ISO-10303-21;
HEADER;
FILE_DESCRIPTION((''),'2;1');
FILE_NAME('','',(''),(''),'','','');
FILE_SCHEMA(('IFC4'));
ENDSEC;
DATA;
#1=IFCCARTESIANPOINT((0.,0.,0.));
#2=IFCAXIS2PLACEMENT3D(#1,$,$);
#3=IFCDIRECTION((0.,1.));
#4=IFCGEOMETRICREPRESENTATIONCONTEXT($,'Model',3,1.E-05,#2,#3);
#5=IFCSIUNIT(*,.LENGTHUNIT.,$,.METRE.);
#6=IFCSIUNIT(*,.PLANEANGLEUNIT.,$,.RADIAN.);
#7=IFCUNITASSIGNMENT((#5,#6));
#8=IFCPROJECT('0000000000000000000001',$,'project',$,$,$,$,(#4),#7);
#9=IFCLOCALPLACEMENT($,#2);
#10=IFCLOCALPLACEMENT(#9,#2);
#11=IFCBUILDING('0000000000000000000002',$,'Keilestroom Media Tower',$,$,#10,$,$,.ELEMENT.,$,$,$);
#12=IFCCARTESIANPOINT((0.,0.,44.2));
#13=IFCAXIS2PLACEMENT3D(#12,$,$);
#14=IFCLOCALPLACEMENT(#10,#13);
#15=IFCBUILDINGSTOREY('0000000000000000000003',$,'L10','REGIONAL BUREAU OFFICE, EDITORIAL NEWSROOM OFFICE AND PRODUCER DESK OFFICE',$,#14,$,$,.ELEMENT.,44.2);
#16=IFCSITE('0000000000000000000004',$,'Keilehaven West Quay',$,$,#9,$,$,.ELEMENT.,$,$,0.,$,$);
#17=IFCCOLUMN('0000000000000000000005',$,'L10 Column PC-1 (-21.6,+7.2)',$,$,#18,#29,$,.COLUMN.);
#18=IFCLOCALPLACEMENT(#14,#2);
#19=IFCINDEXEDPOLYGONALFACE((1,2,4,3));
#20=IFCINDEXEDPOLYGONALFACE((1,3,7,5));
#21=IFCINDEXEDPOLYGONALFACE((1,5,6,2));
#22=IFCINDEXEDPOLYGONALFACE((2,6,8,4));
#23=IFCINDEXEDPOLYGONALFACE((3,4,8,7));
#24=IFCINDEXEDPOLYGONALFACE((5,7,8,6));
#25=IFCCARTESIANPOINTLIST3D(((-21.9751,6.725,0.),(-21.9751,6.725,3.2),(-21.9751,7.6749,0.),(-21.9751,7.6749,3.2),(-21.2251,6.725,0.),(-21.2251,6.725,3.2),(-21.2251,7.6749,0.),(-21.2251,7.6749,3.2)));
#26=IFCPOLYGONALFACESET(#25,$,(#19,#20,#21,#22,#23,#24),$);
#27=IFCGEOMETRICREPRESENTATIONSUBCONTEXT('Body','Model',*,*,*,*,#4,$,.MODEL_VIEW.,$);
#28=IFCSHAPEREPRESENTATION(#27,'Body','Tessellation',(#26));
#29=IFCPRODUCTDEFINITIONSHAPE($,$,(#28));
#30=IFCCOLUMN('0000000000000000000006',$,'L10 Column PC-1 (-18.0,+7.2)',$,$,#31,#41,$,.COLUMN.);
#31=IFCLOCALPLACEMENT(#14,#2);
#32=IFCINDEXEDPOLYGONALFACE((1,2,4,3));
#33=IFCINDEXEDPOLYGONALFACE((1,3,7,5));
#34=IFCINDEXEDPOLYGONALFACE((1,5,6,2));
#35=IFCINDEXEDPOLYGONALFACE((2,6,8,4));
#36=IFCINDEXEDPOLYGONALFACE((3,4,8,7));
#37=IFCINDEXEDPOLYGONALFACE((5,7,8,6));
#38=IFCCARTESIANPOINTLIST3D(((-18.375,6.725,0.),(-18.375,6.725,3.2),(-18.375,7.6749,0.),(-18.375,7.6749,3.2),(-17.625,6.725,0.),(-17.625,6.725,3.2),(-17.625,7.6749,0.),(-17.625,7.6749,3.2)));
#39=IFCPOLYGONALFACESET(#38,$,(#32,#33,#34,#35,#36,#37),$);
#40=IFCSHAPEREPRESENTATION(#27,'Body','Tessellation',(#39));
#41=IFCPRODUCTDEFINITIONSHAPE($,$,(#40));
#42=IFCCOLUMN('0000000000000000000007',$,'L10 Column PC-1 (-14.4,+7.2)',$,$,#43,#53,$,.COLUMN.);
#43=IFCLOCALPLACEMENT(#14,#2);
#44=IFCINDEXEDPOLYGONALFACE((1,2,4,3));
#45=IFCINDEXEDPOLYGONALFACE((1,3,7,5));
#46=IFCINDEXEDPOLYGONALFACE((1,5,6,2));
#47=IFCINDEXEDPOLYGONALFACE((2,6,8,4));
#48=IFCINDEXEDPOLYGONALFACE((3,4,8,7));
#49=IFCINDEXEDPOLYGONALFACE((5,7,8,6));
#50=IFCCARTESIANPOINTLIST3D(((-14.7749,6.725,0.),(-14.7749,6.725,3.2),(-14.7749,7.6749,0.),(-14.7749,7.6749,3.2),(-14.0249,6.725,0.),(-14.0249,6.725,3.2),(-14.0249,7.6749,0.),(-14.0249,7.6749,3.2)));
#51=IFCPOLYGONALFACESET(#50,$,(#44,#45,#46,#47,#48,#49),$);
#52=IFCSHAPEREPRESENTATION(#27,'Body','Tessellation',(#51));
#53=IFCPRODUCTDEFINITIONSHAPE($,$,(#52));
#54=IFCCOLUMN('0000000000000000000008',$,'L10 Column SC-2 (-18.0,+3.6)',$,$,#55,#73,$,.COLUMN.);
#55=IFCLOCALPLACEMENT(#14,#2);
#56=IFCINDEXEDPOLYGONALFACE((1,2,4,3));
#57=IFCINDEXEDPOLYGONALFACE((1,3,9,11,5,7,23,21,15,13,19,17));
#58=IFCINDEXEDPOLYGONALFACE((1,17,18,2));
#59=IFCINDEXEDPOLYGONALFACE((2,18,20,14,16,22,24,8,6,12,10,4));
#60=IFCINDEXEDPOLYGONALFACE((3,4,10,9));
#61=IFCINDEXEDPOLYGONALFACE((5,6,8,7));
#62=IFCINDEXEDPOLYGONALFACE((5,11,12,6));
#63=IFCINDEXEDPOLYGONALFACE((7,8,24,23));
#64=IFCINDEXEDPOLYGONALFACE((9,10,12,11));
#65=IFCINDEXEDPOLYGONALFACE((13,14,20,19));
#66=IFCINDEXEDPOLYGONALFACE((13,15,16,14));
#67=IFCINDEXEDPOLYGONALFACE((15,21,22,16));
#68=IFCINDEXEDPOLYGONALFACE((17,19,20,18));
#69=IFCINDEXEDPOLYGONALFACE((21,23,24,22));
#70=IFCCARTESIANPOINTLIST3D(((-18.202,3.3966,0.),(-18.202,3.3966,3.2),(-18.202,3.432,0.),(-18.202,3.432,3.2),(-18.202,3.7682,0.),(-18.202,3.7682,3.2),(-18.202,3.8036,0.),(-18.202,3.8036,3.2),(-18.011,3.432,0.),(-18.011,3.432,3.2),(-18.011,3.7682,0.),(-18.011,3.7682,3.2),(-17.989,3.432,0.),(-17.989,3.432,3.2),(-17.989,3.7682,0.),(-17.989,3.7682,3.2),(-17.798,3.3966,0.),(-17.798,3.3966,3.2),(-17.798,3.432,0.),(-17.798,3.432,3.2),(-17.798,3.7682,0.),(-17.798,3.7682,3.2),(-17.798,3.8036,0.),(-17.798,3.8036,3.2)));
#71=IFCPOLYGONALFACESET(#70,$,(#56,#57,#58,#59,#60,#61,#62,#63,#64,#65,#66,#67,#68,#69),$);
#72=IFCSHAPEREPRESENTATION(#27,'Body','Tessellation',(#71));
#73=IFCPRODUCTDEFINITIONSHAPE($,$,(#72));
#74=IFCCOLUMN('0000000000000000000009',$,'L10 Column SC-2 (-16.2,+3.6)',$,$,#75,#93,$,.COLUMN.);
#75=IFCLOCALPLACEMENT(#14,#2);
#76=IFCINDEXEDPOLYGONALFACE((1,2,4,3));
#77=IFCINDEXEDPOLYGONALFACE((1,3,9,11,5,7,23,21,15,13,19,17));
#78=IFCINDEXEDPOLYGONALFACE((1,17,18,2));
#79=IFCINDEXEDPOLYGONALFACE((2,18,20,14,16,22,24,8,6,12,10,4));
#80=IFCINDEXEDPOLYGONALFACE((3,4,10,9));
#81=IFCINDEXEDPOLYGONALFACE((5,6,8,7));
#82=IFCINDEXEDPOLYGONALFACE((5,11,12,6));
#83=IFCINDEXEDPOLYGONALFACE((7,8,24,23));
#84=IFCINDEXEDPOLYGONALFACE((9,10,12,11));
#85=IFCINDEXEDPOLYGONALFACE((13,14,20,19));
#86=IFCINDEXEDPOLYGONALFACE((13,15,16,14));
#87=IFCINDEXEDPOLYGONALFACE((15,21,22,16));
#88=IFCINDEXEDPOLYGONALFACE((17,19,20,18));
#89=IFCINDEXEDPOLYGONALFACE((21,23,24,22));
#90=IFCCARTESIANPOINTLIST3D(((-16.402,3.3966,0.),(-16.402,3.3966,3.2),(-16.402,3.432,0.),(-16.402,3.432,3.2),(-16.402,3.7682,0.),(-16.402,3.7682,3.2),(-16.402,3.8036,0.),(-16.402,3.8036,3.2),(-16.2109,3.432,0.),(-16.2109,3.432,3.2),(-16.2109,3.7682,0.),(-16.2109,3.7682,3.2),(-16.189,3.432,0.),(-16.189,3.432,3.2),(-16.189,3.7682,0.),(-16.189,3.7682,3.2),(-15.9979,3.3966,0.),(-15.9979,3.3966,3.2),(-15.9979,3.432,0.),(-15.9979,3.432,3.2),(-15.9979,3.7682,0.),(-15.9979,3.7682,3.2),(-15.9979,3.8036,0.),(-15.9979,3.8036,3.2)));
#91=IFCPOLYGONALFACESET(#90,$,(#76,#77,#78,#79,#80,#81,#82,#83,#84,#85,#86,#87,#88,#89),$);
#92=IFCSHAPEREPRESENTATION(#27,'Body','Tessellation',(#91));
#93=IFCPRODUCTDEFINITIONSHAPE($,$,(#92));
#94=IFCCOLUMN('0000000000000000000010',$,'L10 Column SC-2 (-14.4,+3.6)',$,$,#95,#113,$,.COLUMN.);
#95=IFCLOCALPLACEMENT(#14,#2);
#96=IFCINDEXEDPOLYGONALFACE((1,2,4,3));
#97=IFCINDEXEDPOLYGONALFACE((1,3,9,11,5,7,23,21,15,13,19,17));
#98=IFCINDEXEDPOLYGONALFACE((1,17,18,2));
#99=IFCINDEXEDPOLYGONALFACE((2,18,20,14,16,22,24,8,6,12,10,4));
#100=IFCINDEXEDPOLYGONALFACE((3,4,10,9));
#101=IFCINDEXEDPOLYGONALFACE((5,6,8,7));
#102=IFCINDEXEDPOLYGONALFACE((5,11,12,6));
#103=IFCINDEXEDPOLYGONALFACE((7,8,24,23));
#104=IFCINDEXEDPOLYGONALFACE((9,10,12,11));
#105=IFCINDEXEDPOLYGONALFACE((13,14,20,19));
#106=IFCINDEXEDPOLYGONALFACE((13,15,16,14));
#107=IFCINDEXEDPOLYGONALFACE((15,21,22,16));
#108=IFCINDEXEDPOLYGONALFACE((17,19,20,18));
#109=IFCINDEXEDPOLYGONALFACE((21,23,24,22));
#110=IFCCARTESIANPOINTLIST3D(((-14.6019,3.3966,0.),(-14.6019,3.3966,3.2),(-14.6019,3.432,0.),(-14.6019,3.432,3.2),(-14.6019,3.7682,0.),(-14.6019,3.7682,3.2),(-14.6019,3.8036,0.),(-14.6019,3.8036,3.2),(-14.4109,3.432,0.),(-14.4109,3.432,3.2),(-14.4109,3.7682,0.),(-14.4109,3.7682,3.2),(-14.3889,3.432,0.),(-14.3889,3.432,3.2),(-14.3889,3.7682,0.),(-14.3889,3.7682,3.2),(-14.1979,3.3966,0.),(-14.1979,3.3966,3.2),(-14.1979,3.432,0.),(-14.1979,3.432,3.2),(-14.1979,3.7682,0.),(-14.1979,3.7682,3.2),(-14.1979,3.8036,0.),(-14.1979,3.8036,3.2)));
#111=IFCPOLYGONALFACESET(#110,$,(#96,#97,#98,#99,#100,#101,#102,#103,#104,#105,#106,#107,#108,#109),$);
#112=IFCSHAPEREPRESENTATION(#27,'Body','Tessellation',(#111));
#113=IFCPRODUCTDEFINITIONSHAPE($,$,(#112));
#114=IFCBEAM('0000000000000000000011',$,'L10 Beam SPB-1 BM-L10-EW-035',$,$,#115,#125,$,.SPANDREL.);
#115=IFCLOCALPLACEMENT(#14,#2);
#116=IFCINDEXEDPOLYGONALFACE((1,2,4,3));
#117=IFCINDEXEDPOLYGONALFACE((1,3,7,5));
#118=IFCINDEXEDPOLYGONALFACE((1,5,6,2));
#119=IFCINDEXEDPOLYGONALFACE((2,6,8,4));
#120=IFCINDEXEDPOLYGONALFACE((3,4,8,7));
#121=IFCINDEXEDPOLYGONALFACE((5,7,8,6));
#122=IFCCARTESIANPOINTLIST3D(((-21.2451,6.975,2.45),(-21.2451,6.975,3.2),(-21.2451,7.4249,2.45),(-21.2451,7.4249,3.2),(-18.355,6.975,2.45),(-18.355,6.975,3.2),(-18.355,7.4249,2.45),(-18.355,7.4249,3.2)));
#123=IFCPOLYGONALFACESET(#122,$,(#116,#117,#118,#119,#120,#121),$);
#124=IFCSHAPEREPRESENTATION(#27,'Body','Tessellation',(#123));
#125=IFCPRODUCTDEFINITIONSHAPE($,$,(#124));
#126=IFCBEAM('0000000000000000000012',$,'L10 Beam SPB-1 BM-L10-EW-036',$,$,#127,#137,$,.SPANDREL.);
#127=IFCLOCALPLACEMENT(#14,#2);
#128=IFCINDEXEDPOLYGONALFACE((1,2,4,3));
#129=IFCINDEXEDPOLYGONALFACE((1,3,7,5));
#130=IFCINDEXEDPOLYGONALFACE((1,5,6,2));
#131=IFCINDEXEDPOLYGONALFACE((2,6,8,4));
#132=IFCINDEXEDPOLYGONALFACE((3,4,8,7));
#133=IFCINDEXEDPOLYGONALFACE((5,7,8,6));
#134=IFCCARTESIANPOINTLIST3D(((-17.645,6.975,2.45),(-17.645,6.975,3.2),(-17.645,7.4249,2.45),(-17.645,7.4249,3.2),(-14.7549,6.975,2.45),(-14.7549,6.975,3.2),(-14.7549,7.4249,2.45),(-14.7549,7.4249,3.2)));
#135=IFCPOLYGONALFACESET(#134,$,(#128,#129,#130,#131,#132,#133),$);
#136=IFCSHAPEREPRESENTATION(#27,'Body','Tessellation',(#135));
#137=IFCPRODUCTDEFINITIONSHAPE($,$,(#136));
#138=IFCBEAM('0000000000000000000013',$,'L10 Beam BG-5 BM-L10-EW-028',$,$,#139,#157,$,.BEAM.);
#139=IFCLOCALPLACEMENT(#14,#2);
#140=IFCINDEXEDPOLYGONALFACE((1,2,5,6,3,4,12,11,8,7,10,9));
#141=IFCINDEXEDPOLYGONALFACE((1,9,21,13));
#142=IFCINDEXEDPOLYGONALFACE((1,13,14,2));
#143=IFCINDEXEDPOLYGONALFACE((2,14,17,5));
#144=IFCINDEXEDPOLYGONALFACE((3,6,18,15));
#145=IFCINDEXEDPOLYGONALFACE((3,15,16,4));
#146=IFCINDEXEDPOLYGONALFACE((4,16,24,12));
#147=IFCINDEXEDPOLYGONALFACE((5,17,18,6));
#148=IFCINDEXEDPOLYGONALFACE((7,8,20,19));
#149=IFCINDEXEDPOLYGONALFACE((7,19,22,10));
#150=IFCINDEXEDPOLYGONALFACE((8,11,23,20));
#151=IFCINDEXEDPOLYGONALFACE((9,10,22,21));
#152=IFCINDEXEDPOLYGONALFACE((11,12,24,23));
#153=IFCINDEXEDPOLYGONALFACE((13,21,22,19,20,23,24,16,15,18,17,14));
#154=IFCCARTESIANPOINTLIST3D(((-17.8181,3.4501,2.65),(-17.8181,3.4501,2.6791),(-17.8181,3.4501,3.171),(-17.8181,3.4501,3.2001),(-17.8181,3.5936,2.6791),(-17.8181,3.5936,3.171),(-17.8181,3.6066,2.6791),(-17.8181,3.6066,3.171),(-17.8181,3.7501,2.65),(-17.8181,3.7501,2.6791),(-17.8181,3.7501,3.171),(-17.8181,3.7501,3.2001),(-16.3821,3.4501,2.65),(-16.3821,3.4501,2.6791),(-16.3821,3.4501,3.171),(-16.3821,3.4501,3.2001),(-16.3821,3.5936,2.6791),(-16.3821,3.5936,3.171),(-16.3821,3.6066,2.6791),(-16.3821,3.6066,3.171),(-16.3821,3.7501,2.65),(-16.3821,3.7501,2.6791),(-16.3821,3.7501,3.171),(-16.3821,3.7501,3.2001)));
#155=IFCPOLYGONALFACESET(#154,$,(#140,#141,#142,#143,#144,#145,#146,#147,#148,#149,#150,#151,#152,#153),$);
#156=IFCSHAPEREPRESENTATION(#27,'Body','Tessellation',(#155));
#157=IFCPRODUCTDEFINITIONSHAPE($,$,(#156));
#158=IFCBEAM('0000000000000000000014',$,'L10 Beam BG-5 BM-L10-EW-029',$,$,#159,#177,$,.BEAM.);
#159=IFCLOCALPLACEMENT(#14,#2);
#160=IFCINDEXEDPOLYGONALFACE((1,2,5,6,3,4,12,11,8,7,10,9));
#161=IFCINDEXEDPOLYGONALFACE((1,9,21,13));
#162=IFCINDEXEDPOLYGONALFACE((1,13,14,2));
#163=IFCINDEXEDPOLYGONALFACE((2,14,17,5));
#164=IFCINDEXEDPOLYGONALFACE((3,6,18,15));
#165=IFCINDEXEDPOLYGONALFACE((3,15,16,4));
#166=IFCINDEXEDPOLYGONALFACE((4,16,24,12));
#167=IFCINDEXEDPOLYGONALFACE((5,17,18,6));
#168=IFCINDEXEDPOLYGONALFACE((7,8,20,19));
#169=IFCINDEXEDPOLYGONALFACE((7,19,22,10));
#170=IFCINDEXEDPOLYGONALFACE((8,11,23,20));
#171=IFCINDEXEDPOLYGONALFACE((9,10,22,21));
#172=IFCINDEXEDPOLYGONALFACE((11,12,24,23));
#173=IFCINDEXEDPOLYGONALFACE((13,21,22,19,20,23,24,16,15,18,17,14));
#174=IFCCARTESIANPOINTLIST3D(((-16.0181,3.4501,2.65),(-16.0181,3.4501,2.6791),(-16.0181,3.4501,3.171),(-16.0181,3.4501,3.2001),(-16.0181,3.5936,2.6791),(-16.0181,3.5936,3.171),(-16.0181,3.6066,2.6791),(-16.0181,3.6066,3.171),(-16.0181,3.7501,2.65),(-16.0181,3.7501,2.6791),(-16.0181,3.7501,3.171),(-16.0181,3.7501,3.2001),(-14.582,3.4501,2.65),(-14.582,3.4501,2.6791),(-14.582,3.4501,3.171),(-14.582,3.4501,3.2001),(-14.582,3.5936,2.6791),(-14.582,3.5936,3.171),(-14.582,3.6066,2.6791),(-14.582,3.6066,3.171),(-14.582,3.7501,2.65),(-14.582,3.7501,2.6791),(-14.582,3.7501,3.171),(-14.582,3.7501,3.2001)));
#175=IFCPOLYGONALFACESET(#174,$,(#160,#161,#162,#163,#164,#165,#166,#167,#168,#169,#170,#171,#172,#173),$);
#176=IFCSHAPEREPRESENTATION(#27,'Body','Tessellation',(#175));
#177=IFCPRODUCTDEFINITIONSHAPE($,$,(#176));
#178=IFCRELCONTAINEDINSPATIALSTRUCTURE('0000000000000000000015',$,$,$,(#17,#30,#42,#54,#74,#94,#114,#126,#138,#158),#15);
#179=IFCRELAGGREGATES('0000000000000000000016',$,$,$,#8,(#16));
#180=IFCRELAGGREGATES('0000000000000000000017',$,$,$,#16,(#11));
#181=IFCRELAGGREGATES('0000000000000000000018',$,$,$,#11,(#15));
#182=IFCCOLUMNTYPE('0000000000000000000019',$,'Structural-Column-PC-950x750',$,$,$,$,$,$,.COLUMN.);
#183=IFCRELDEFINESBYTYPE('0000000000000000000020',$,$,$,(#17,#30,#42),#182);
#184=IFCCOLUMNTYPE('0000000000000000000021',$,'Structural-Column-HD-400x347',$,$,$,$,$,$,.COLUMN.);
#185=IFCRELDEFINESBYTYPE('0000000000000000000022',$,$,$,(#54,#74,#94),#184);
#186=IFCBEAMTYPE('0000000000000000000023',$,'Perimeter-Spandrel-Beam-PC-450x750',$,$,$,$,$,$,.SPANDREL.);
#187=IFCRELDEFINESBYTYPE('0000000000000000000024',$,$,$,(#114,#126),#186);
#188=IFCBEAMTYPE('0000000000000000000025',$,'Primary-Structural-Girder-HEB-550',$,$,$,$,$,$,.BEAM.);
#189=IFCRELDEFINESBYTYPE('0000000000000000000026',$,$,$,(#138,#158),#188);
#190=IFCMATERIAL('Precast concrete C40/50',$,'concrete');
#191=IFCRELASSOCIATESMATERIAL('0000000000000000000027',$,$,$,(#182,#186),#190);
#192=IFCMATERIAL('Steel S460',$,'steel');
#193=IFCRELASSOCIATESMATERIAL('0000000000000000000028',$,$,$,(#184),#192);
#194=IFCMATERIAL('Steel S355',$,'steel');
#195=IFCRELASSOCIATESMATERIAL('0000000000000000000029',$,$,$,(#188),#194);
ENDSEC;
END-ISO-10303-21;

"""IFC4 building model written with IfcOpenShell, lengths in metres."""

from ifc_helpers import new_model, si_unit, direction, frame, origin, origin_2d, place, context, subcontext, project, spatial, rectangle, i_section, extrude, source, transform, mapped, material, material_profile, profile_set, type_object, element, save


model = new_model("IFC4")

# Units and contexts
model_context = context("Model", 3, precision=1e-05, world=origin(), true_north=direction((0.0, 1.0)))
body_context = subcontext(model_context, "Body", "Model", "MODEL_VIEW")
ifc_project = project(units=[si_unit("LENGTHUNIT", "METRE"), si_unit("PLANEANGLEUNIT", "RADIAN")], contexts=[model_context])

# Site, building, storey
site_placement = place(None, origin())
site = spatial("IfcSite", under=ifc_project, at=site_placement, Name="Keilehaven West Quay", CompositionType="ELEMENT", RefElevation=0.0)
building_placement = place(site_placement, origin())
building = spatial("IfcBuilding", under=site, at=building_placement, Name="Keilestroom Media Tower", CompositionType="ELEMENT")
storey_placement = place(building_placement, frame((0.0, 0.0, 44.2)))
storey = spatial("IfcBuildingStorey", under=building, at=storey_placement, Name="L10", Description="REGIONAL BUREAU OFFICE, EDITORIAL NEWSROOM OFFICE AND PRODUCER DESK OFFICE", CompositionType="ELEMENT", Elevation=44.2)

# Columns
ifc_material_1 = material(Name="Precast concrete C40/50", Category="concrete")
ifc_material_profile_1 = material_profile(ifc_material_1, rectangle(XDim=0.75, YDim=0.95, at=origin_2d()), Name="PC 950x750")
ifc_profile_set_1 = profile_set([ifc_material_profile_1], Name="Precast concrete C40/50")
column_type_1 = type_object("IfcColumnType", Name="Structural-Column-PC-950x750", PredefinedType="COLUMN", material=ifc_profile_set_1)
shared_shape_1 = source(origin(), body_context, "Body", "SweptSolid", [
    extrude(rectangle(XDim=0.75, YDim=0.95, at=origin_2d()), origin(), (0.0, 0.0, 1.0), 3.2),
])
for number, where, z_axis, x_axis, name in (
    (1, (-21.6001, 7.2, 0.0), (0.0, 0.0, 1.0), (1.0, 0.0, 0.0), "L10 Column PC-1 (-21.6,+7.2)"),
    (2, (-18.0, 7.2, 0.0), (0.0, 0.0, 1.0), (1.0, 0.0, 0.0), "L10 Column PC-1 (-18.0,+7.2)"),
    (3, (-14.3999, 7.2, 0.0), (0.0, 0.0, 1.0), (1.0, 0.0, 0.0), "L10 Column PC-1 (-14.4,+7.2)"),
):
    element("IfcColumn", number, at=place(storey_placement, frame(where, z_axis=z_axis, x_axis=x_axis)), inside=storey, type_object=column_type_1, Name=name, PredefinedType="COLUMN", context=body_context, shape_type="MappedRepresentation", body=[
        mapped(shared_shape_1, transform((0.0, 0.0, 0.0), x_axis=(1.0, 0.0, 0.0), y_axis=(0.0, 1.0, 0.0), z_axis=(0.0, 0.0, 1.0), scale=1.0)),
    ])
ifc_material_2 = material(Name="Steel S460", Category="steel")
ifc_material_profile_2 = material_profile(ifc_material_2, i_section(OverallWidth=0.4041, OverallDepth=0.407, WebThickness=0.022, FlangeThickness=0.0354, at=origin_2d()), Name="HD 400x347")
ifc_profile_set_2 = profile_set([ifc_material_profile_2], Name="Steel S460")
column_type_2 = type_object("IfcColumnType", Name="Structural-Column-HD-400x347", PredefinedType="COLUMN", material=ifc_profile_set_2)
shared_shape_2 = source(origin(), body_context, "Body", "SweptSolid", [
    extrude(i_section(OverallWidth=0.4041, OverallDepth=0.407, WebThickness=0.022, FlangeThickness=0.0354, at=origin_2d()), origin(), (0.0, 0.0, 1.0), 3.2),
])
for number, where, z_axis, x_axis, name in (
    (4, (-18.0, 3.6001, 0.0), (0.0, 0.0, 1.0), (1.0, 0.0, 0.0), "L10 Column SC-2 (-18.0,+3.6)"),
    (5, (-16.2, 3.6001, 0.0), (0.0, 0.0, 1.0), (1.0, 0.0, 0.0), "L10 Column SC-2 (-16.2,+3.6)"),
    (6, (-14.3999, 3.6001, 0.0), (0.0, 0.0, 1.0), (1.0, 0.0, 0.0), "L10 Column SC-2 (-14.4,+3.6)"),
):
    element("IfcColumn", number, at=place(storey_placement, frame(where, z_axis=z_axis, x_axis=x_axis)), inside=storey, type_object=column_type_2, Name=name, PredefinedType="COLUMN", context=body_context, shape_type="MappedRepresentation", body=[
        mapped(shared_shape_2, transform((0.0, 0.0, 0.0), x_axis=(1.0, 0.0, 0.0), y_axis=(0.0, 1.0, 0.0), z_axis=(0.0, 0.0, 1.0), scale=1.0)),
    ])

# Beams
ifc_material_profile_3 = material_profile(ifc_material_1, rectangle(XDim=0.45, YDim=0.75, at=origin_2d()), Name="PC 450x750")
ifc_profile_set_3 = profile_set([ifc_material_profile_3], Name="Precast concrete C40/50")
beam_type_1 = type_object("IfcBeamType", Name="Perimeter-Spandrel-Beam-PC-450x750", PredefinedType="SPANDREL", material=ifc_profile_set_3)
shared_shape_3 = source(origin(), body_context, "Body", "SweptSolid", [
    extrude(rectangle(XDim=0.45, YDim=0.75, at=origin_2d()), origin(), (0.0, 0.0, 1.0), 2.8901),
])
for number, where, z_axis, x_axis, name in (
    (7, (-21.2451, 7.2, 2.825), (1.0, 0.0, 0.0), (0.0, 1.0, 0.0), "L10 Beam SPB-1 BM-L10-EW-035"),
    (8, (-17.645, 7.2, 2.825), (1.0, 0.0, 0.0), (0.0, 1.0, 0.0), "L10 Beam SPB-1 BM-L10-EW-036"),
):
    element("IfcBeam", number, at=place(storey_placement, frame(where, z_axis=z_axis, x_axis=x_axis)), inside=storey, type_object=beam_type_1, Name=name, PredefinedType="SPANDREL", context=body_context, shape_type="MappedRepresentation", body=[
        mapped(shared_shape_3, transform((0.0, 0.0, 0.0), x_axis=(1.0, 0.0, 0.0), y_axis=(0.0, 1.0, 0.0), z_axis=(0.0, 0.0, 1.0), scale=1.0)),
    ])
ifc_material_3 = material(Name="Steel S355", Category="steel")
ifc_material_profile_4 = material_profile(ifc_material_3, i_section(OverallWidth=0.3, OverallDepth=0.55, WebThickness=0.0129, FlangeThickness=0.0291, at=origin_2d()), Name="HEB 550")
ifc_profile_set_4 = profile_set([ifc_material_profile_4], Name="Steel S355")
beam_type_2 = type_object("IfcBeamType", Name="Primary-Structural-Girder-HEB-550", PredefinedType="BEAM", material=ifc_profile_set_4)
shared_shape_4 = source(origin(), body_context, "Body", "SweptSolid", [
    extrude(i_section(OverallWidth=0.3, OverallDepth=0.55, WebThickness=0.0129, FlangeThickness=0.0291, at=origin_2d()), origin(), (0.0, 0.0, 1.0), 1.436),
])
for number, where, z_axis, x_axis, name in (
    (9, (-17.8181, 3.6001, 2.925), (1.0, 0.0, 0.0), (0.0, 1.0, 0.0), "L10 Beam BG-5 BM-L10-EW-028"),
    (10, (-16.0181, 3.6001, 2.925), (1.0, 0.0, 0.0), (0.0, 1.0, 0.0), "L10 Beam BG-5 BM-L10-EW-029"),
):
    element("IfcBeam", number, at=place(storey_placement, frame(where, z_axis=z_axis, x_axis=x_axis)), inside=storey, type_object=beam_type_2, Name=name, PredefinedType="BEAM", context=body_context, shape_type="MappedRepresentation", body=[
        mapped(shared_shape_4, transform((0.0, 0.0, 0.0), x_axis=(1.0, 0.0, 0.0), y_axis=(0.0, 1.0, 0.0), z_axis=(0.0, 0.0, 1.0), scale=1.0)),
    ])

save(model, "model.ifc")
